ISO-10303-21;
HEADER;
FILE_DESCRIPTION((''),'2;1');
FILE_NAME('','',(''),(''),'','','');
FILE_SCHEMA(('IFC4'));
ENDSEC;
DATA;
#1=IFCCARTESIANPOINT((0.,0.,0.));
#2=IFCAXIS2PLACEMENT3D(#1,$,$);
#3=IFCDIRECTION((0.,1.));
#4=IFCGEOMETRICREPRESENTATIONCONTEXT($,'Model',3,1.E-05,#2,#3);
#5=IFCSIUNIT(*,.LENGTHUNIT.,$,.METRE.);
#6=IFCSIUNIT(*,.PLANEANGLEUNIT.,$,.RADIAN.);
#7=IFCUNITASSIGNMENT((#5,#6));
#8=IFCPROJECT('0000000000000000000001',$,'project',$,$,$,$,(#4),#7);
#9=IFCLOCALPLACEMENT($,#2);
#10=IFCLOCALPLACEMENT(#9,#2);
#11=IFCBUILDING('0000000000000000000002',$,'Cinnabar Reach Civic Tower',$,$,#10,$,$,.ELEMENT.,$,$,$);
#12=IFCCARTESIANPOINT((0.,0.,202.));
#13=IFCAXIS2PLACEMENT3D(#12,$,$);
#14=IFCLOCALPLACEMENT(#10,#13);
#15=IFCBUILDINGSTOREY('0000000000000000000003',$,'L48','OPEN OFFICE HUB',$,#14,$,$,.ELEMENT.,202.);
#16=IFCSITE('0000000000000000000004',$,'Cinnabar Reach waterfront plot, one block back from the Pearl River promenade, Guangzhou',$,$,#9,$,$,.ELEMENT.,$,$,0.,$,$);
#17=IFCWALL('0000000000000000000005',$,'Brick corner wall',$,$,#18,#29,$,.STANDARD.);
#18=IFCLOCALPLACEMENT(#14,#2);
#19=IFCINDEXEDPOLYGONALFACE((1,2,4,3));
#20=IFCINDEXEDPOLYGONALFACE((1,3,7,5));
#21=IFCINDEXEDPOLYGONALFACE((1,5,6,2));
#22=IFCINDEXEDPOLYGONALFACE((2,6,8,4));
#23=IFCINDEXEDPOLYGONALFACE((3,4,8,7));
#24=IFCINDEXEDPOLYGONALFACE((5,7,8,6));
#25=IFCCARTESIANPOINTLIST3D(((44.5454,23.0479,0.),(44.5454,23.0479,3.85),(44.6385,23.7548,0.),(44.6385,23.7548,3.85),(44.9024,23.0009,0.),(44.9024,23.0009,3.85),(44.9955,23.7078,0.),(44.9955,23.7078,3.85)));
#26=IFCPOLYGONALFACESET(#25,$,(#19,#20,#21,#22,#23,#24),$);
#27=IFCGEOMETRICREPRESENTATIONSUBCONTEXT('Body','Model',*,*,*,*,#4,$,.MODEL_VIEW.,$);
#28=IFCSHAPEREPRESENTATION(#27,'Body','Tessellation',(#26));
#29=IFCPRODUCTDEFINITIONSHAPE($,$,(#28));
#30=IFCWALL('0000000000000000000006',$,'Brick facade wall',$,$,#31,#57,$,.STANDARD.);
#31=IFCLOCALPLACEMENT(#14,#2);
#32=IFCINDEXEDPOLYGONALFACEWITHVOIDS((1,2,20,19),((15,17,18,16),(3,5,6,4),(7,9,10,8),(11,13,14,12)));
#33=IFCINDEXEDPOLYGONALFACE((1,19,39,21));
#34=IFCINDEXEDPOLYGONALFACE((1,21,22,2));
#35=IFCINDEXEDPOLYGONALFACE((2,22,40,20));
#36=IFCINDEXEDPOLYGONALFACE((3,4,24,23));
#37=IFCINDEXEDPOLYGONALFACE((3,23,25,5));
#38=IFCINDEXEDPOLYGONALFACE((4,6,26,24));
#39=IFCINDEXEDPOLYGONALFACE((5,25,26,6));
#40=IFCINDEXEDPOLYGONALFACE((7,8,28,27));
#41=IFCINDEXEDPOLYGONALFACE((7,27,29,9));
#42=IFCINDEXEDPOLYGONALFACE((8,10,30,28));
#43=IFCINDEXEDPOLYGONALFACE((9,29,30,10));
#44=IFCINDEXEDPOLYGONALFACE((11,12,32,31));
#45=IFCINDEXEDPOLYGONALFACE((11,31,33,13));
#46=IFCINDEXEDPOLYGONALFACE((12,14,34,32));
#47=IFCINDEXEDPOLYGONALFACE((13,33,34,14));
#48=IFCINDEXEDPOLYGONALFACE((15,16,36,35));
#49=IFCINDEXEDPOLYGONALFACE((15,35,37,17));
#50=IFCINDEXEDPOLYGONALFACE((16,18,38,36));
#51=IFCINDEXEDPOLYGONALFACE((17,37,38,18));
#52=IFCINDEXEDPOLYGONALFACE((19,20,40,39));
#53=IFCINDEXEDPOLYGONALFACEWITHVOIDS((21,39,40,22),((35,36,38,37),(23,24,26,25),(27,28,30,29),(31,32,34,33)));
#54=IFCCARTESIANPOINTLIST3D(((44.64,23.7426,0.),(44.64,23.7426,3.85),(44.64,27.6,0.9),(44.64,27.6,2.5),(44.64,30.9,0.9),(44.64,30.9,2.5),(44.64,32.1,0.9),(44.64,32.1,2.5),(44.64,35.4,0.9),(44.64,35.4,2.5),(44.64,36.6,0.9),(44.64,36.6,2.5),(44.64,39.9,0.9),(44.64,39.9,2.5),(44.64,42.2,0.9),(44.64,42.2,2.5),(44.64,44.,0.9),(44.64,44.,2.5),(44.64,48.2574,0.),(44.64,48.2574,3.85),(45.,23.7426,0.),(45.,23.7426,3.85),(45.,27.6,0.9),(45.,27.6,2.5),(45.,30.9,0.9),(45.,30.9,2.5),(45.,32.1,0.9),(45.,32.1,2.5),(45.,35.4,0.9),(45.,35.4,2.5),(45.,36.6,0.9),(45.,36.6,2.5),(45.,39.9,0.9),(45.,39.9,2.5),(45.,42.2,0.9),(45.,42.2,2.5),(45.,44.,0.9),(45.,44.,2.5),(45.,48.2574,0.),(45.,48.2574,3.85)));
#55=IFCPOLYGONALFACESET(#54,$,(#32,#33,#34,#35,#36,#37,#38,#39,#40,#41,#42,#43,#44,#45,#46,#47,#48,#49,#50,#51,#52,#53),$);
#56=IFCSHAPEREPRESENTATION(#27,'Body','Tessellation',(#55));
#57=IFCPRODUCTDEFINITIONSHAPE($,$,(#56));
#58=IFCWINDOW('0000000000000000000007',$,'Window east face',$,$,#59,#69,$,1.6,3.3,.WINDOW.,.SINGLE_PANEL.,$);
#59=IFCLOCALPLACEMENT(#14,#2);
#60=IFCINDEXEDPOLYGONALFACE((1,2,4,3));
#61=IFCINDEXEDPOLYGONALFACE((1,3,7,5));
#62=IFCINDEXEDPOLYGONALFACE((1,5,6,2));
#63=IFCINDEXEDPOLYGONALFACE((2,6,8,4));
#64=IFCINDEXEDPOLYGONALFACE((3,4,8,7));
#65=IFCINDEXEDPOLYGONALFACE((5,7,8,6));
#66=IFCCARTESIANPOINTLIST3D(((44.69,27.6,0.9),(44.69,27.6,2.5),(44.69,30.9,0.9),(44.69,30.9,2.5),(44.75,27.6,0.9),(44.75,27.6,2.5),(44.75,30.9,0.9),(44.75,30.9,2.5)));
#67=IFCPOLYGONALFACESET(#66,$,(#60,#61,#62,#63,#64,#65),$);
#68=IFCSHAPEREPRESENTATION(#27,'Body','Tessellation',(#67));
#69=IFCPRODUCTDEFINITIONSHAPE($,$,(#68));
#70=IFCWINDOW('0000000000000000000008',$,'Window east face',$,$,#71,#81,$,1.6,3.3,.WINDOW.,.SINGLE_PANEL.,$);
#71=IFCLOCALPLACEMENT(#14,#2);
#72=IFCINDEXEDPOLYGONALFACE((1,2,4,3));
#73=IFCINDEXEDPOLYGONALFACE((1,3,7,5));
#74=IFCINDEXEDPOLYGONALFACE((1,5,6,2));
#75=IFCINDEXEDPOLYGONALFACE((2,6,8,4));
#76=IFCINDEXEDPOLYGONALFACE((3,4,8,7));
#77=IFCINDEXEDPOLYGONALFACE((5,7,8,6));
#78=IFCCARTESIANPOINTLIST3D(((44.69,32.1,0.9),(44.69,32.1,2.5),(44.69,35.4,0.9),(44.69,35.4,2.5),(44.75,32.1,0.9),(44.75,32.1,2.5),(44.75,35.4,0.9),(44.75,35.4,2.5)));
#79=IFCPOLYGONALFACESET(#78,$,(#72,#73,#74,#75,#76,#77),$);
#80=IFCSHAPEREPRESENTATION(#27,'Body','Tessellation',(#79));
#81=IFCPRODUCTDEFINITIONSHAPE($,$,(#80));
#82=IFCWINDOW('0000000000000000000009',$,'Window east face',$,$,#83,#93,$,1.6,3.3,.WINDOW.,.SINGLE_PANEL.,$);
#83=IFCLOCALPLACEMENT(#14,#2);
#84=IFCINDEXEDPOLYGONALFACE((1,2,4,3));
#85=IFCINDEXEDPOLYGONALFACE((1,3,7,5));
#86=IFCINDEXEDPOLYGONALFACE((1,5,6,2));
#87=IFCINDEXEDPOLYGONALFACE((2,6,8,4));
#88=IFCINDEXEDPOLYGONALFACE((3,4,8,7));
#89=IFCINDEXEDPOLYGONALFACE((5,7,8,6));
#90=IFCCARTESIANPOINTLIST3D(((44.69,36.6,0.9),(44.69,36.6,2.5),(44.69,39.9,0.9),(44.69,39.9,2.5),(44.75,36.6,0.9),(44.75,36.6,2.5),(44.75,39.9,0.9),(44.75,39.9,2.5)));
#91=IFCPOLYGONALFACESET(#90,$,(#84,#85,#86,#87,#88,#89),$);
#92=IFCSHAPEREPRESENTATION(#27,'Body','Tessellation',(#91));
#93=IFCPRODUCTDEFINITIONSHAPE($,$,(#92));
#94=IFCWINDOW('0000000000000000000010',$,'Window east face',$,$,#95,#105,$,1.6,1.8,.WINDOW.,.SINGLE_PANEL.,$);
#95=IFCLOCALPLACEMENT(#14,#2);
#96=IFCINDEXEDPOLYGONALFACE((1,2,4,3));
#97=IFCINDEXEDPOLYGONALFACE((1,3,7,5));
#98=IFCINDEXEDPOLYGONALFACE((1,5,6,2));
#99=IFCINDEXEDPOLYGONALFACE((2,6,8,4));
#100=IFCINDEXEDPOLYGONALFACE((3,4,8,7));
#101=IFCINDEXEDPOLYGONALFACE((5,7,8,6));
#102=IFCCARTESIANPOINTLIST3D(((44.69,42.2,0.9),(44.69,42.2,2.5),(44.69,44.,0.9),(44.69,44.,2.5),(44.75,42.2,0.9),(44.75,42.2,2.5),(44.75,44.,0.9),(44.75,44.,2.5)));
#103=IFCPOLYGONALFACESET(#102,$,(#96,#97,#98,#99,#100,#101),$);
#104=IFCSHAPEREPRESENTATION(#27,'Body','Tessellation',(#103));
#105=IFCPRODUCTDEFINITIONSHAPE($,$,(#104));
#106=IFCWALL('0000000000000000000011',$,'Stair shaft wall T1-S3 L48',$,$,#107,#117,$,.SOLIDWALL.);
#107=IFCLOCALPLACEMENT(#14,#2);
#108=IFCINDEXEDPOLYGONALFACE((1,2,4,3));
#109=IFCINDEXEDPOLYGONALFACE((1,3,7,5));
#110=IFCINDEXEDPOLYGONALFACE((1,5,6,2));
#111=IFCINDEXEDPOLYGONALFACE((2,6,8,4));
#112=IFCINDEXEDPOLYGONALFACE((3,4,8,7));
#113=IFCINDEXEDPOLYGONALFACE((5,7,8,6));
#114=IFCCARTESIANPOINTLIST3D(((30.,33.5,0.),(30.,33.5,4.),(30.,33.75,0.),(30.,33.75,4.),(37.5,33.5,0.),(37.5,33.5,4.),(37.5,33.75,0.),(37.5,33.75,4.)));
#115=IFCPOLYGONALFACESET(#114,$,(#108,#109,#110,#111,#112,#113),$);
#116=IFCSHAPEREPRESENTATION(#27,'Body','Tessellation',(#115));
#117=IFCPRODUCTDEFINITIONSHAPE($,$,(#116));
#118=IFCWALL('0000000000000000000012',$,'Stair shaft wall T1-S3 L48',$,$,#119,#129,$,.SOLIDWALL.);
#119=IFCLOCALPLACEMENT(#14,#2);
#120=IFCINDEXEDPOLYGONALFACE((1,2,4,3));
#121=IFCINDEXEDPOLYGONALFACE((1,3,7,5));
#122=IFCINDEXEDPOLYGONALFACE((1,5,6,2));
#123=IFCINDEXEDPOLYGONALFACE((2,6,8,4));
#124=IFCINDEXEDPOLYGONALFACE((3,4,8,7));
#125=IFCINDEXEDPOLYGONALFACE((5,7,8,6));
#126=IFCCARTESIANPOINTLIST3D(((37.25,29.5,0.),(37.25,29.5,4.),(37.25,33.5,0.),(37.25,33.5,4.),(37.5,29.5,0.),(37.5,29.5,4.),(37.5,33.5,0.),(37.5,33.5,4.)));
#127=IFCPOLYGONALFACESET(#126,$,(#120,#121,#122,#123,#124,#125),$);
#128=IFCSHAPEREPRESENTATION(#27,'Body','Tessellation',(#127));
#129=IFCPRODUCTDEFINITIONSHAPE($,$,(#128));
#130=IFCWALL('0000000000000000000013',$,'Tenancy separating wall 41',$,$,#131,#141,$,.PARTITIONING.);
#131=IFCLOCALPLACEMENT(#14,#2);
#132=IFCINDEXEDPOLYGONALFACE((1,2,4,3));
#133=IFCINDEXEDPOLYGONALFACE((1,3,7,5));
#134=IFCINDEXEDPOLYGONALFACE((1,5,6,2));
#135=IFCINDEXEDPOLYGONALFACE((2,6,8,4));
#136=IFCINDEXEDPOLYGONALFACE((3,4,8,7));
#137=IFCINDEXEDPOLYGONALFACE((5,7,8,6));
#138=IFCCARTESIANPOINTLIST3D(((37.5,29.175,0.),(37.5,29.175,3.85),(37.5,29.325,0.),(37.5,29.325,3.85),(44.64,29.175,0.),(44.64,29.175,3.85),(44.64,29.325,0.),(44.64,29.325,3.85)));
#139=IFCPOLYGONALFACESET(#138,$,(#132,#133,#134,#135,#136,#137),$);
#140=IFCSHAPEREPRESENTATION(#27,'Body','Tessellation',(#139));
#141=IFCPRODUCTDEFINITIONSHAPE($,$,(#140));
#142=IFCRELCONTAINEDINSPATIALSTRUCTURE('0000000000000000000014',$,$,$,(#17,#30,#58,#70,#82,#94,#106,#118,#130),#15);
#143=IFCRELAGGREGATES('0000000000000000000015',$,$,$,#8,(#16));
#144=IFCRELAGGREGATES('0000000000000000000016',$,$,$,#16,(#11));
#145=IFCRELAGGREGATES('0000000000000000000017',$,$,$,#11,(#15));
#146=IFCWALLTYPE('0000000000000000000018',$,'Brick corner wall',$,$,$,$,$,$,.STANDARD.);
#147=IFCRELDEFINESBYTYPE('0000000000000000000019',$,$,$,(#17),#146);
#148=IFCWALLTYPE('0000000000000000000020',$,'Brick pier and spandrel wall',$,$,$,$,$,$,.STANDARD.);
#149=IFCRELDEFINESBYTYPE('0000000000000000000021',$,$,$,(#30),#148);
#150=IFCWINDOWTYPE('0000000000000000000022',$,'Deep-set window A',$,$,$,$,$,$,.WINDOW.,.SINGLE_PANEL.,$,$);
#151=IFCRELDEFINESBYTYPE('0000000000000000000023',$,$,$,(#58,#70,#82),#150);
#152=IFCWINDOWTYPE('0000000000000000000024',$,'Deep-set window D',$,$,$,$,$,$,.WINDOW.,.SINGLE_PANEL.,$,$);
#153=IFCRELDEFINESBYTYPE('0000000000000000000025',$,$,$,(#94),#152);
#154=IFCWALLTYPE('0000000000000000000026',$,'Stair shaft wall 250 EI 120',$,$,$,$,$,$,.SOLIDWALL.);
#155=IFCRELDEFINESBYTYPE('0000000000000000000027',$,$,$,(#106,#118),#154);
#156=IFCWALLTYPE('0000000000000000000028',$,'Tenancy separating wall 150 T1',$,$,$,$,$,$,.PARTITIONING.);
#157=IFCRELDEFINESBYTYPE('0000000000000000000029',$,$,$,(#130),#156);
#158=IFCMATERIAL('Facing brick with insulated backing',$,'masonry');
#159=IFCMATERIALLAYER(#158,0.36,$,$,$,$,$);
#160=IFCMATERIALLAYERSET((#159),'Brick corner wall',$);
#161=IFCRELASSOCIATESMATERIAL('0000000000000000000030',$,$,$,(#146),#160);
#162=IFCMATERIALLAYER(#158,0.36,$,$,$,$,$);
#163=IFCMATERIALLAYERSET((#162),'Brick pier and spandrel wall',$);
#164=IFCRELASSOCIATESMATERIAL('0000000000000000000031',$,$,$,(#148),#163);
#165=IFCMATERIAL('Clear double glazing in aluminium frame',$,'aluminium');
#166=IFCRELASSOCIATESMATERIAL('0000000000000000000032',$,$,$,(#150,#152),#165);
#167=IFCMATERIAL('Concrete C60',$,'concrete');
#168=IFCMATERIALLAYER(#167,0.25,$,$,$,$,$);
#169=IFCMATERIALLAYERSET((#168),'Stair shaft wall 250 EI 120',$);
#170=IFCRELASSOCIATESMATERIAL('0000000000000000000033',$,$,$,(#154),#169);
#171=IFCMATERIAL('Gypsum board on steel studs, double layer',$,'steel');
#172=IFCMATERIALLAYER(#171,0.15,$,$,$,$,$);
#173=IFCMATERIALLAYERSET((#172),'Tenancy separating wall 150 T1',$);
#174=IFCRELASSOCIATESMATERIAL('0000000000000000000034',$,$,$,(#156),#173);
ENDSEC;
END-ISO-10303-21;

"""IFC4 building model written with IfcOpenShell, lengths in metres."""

from ifc_helpers import new_model, si_unit, direction, frame, frame_2d, origin, place, context, subcontext, project, spatial, rectangle, extrude, material, layer, layer_set, type_object, element, fill, save


model = new_model("IFC4")

# Units and contexts
model_context = context("Model", 3, precision=1e-05, world=origin(), true_north=direction((0.0, 1.0)))
body_context = subcontext(model_context, "Body", "Model", "MODEL_VIEW")
ifc_project = project(units=[si_unit("LENGTHUNIT", "METRE"), si_unit("PLANEANGLEUNIT", "RADIAN")], contexts=[model_context])

# Site, building, storey
site_placement = place(None, origin())
site = spatial("IfcSite", under=ifc_project, at=site_placement, Name="Cinnabar Reach waterfront plot, one block back from the Pearl River promenade, Guangzhou", CompositionType="ELEMENT", RefElevation=0.0)
building_placement = place(site_placement, origin())
building = spatial("IfcBuilding", under=site, at=building_placement, Name="Cinnabar Reach Civic Tower", CompositionType="ELEMENT")
storey_placement = place(building_placement, frame((0.0, 0.0, 202.0)))
storey = spatial("IfcBuildingStorey", under=building, at=storey_placement, Name="L48", Description="OPEN OFFICE HUB", CompositionType="ELEMENT", Elevation=202.0)

# Shared definitions
ifc_material_1 = material(Name="Concrete C60", Category="concrete")

# Wall
ifc_material_2 = material(Name="Facing brick with insulated backing", Category="masonry")
ifc_layer_1 = layer(ifc_material_2, 0.36)
ifc_layer_set_1 = layer_set([ifc_layer_1], Name="Brick corner wall")
wall_type_1 = type_object("IfcWallType", Name="Brick corner wall", PredefinedType="STANDARD", material=ifc_layer_set_1)
wall_1_placement = place(storey_placement, frame((44.7239, 23.0244, 0.0), z_axis=(0.0, 0.0, 1.0), x_axis=(0.130556, 0.991441, 0.0)))
element("IfcWall", 1, at=wall_1_placement, inside=storey, type_object=wall_type_1, Name="Brick corner wall", PredefinedType="STANDARD", context=body_context, shape_type="SweptSolid", body=[
    extrude(rectangle(XDim=0.7131, YDim=0.36, at=frame_2d((0.3565, 0.0))), origin(), (0.0, 0.0, 1.0), 3.85),
])

# Wall, openings, windows
ifc_layer_2 = layer(ifc_material_2, 0.36)
ifc_layer_set_2 = layer_set([ifc_layer_2], Name="Brick pier and spandrel wall")
wall_type_2 = type_object("IfcWallType", Name="Brick pier and spandrel wall", PredefinedType="STANDARD", material=ifc_layer_set_2)
wall_2_placement = place(storey_placement, frame((44.82, 23.7426, 0.0), z_axis=(0.0, 0.0, 1.0), x_axis=(0.0, 1.0, 0.0)))
wall_2 = element("IfcWall", 2, at=wall_2_placement, inside=storey, type_object=wall_type_2, Name="Brick facade wall", PredefinedType="STANDARD", context=body_context, shape_type="SweptSolid", body=[
    extrude(rectangle(XDim=24.5148, YDim=0.36, at=frame_2d((12.2574, 0.0))), origin(), (0.0, 0.0, 1.0), 3.85),
])
opening_1_placement = place(wall_2_placement, frame((3.8574, 0.0, 0.9)))
opening_1 = element("IfcOpeningElement", 3, at=opening_1_placement, cuts=wall_2, PredefinedType="OPENING", context=body_context, shape_type="SweptSolid", body=[
    extrude(rectangle(XDim=3.3, YDim=1.6, at=frame_2d((1.65, 0.8))), frame((0.0, 0.19, 0.0), z_axis=(0.0, -1.0, 0.0), x_axis=(1.0, 0.0, 0.0)), (0.0, 0.0, 1.0), 0.38),
])
opening_2_placement = place(wall_2_placement, frame((8.3574, 0.0, 0.9)))
opening_2 = element("IfcOpeningElement", 4, at=opening_2_placement, cuts=wall_2, PredefinedType="OPENING", context=body_context, shape_type="SweptSolid", body=[
    extrude(rectangle(XDim=3.3, YDim=1.6, at=frame_2d((1.65, 0.8))), frame((0.0, 0.19, 0.0), z_axis=(0.0, -1.0, 0.0), x_axis=(1.0, 0.0, 0.0)), (0.0, 0.0, 1.0), 0.38),
])
opening_3_placement = place(wall_2_placement, frame((12.8574, 0.0, 0.9)))
opening_3 = element("IfcOpeningElement", 5, at=opening_3_placement, cuts=wall_2, PredefinedType="OPENING", context=body_context, shape_type="SweptSolid", body=[
    extrude(rectangle(XDim=3.3, YDim=1.6, at=frame_2d((1.65, 0.8))), frame((0.0, 0.19, 0.0), z_axis=(0.0, -1.0, 0.0), x_axis=(1.0, 0.0, 0.0)), (0.0, 0.0, 1.0), 0.38),
])
opening_4_placement = place(wall_2_placement, frame((18.4574, 0.0, 0.9)))
opening_4 = element("IfcOpeningElement", 6, at=opening_4_placement, cuts=wall_2, PredefinedType="OPENING", context=body_context, shape_type="SweptSolid", body=[
    extrude(rectangle(XDim=1.8, YDim=1.6, at=frame_2d((0.9, 0.8))), frame((0.0, 0.19, 0.0), z_axis=(0.0, -1.0, 0.0), x_axis=(1.0, 0.0, 0.0)), (0.0, 0.0, 1.0), 0.38),
])
ifc_material_3 = material(Name="Clear double glazing in aluminium frame", Category="aluminium")
window_type_1 = type_object("IfcWindowType", Name="Deep-set window A", PartitioningType="SINGLE_PANEL", PredefinedType="WINDOW", material=ifc_material_3)
window_1_placement = place(opening_1_placement, origin())
window_1 = element("IfcWindow", 7, at=window_1_placement, inside=storey, type_object=window_type_1, Name="Window east face", OverallHeight=1.6, OverallWidth=3.3, PartitioningType="SINGLE_PANEL", PredefinedType="WINDOW", context=body_context, shape_type="SweptSolid", body=[
    extrude(rectangle(XDim=3.3, YDim=1.6, at=frame_2d((1.65, 0.8))), frame((0.0, 0.13, 0.0), z_axis=(0.0, -1.0, 0.0), x_axis=(1.0, 0.0, 0.0)), (0.0, 0.0, 1.0), 0.06),
])
fill(opening_1, window_1)
window_2_placement = place(opening_2_placement, origin())
window_2 = element("IfcWindow", 8, at=window_2_placement, inside=storey, type_object=window_type_1, Name="Window east face", OverallHeight=1.6, OverallWidth=3.3, PartitioningType="SINGLE_PANEL", PredefinedType="WINDOW", context=body_context, shape_type="SweptSolid", body=[
    extrude(rectangle(XDim=3.3, YDim=1.6, at=frame_2d((1.65, 0.8))), frame((0.0, 0.13, 0.0), z_axis=(0.0, -1.0, 0.0), x_axis=(1.0, 0.0, 0.0)), (0.0, 0.0, 1.0), 0.06),
])
fill(opening_2, window_2)
window_3_placement = place(opening_3_placement, origin())
window_3 = element("IfcWindow", 9, at=window_3_placement, inside=storey, type_object=window_type_1, Name="Window east face", OverallHeight=1.6, OverallWidth=3.3, PartitioningType="SINGLE_PANEL", PredefinedType="WINDOW", context=body_context, shape_type="SweptSolid", body=[
    extrude(rectangle(XDim=3.3, YDim=1.6, at=frame_2d((1.65, 0.8))), frame((0.0, 0.13, 0.0), z_axis=(0.0, -1.0, 0.0), x_axis=(1.0, 0.0, 0.0)), (0.0, 0.0, 1.0), 0.06),
])
fill(opening_3, window_3)
window_type_2 = type_object("IfcWindowType", Name="Deep-set window D", PartitioningType="SINGLE_PANEL", PredefinedType="WINDOW", material=ifc_material_3)
window_4_placement = place(opening_4_placement, origin())
window_4 = element("IfcWindow", 10, at=window_4_placement, inside=storey, type_object=window_type_2, Name="Window east face", OverallHeight=1.6, OverallWidth=1.8, PartitioningType="SINGLE_PANEL", PredefinedType="WINDOW", context=body_context, shape_type="SweptSolid", body=[
    extrude(rectangle(XDim=1.8, YDim=1.6, at=frame_2d((0.9, 0.8))), frame((0.0, 0.13, 0.0), z_axis=(0.0, -1.0, 0.0), x_axis=(1.0, 0.0, 0.0)), (0.0, 0.0, 1.0), 0.06),
])
fill(opening_4, window_4)

# Walls
ifc_layer_3 = layer(ifc_material_1, 0.25)
ifc_layer_set_3 = layer_set([ifc_layer_3], Name="Stair shaft wall 250 EI 120")
wall_type_3 = type_object("IfcWallType", Name="Stair shaft wall 250 EI 120", PredefinedType="SOLIDWALL", material=ifc_layer_set_3)
wall_3_placement = place(storey_placement, frame((37.5, 33.625, 0.0), z_axis=(0.0, 0.0, 1.0), x_axis=(-1.0, 0.0, 0.0)))
element("IfcWall", 11, at=wall_3_placement, inside=storey, type_object=wall_type_3, Name="Stair shaft wall T1-S3 L48", PredefinedType="SOLIDWALL", context=body_context, shape_type="SweptSolid", body=[
    extrude(rectangle(XDim=7.5, YDim=0.25, at=frame_2d((3.75, 0.0))), origin(), (0.0, 0.0, 1.0), 4.0),
])
wall_4_placement = place(storey_placement, frame((37.375, 29.5, 0.0), z_axis=(0.0, 0.0, 1.0), x_axis=(0.0, 1.0, 0.0)))
element("IfcWall", 12, at=wall_4_placement, inside=storey, type_object=wall_type_3, Name="Stair shaft wall T1-S3 L48", PredefinedType="SOLIDWALL", context=body_context, shape_type="SweptSolid", body=[
    extrude(rectangle(XDim=4.0, YDim=0.25, at=frame_2d((2.0, 0.0))), origin(), (0.0, 0.0, 1.0), 4.0),
])
ifc_material_4 = material(Name="Gypsum board on steel studs, double layer", Category="steel")
ifc_layer_4 = layer(ifc_material_4, 0.15)
ifc_layer_set_4 = layer_set([ifc_layer_4], Name="Tenancy separating wall 150 T1")
wall_type_4 = type_object("IfcWallType", Name="Tenancy separating wall 150 T1", PredefinedType="PARTITIONING", material=ifc_layer_set_4)
wall_5_placement = place(storey_placement, frame((37.5, 29.25, 0.0), z_axis=(0.0, 0.0, 1.0), x_axis=(1.0, 0.0, 0.0)))
element("IfcWall", 13, at=wall_5_placement, inside=storey, type_object=wall_type_4, Name="Tenancy separating wall 41", PredefinedType="PARTITIONING", context=body_context, shape_type="SweptSolid", body=[
    extrude(rectangle(XDim=7.14, YDim=0.15, at=frame_2d((3.57, 0.0))), origin(), (0.0, 0.0, 1.0), 3.85),
])

save(model, "model.ifc")
